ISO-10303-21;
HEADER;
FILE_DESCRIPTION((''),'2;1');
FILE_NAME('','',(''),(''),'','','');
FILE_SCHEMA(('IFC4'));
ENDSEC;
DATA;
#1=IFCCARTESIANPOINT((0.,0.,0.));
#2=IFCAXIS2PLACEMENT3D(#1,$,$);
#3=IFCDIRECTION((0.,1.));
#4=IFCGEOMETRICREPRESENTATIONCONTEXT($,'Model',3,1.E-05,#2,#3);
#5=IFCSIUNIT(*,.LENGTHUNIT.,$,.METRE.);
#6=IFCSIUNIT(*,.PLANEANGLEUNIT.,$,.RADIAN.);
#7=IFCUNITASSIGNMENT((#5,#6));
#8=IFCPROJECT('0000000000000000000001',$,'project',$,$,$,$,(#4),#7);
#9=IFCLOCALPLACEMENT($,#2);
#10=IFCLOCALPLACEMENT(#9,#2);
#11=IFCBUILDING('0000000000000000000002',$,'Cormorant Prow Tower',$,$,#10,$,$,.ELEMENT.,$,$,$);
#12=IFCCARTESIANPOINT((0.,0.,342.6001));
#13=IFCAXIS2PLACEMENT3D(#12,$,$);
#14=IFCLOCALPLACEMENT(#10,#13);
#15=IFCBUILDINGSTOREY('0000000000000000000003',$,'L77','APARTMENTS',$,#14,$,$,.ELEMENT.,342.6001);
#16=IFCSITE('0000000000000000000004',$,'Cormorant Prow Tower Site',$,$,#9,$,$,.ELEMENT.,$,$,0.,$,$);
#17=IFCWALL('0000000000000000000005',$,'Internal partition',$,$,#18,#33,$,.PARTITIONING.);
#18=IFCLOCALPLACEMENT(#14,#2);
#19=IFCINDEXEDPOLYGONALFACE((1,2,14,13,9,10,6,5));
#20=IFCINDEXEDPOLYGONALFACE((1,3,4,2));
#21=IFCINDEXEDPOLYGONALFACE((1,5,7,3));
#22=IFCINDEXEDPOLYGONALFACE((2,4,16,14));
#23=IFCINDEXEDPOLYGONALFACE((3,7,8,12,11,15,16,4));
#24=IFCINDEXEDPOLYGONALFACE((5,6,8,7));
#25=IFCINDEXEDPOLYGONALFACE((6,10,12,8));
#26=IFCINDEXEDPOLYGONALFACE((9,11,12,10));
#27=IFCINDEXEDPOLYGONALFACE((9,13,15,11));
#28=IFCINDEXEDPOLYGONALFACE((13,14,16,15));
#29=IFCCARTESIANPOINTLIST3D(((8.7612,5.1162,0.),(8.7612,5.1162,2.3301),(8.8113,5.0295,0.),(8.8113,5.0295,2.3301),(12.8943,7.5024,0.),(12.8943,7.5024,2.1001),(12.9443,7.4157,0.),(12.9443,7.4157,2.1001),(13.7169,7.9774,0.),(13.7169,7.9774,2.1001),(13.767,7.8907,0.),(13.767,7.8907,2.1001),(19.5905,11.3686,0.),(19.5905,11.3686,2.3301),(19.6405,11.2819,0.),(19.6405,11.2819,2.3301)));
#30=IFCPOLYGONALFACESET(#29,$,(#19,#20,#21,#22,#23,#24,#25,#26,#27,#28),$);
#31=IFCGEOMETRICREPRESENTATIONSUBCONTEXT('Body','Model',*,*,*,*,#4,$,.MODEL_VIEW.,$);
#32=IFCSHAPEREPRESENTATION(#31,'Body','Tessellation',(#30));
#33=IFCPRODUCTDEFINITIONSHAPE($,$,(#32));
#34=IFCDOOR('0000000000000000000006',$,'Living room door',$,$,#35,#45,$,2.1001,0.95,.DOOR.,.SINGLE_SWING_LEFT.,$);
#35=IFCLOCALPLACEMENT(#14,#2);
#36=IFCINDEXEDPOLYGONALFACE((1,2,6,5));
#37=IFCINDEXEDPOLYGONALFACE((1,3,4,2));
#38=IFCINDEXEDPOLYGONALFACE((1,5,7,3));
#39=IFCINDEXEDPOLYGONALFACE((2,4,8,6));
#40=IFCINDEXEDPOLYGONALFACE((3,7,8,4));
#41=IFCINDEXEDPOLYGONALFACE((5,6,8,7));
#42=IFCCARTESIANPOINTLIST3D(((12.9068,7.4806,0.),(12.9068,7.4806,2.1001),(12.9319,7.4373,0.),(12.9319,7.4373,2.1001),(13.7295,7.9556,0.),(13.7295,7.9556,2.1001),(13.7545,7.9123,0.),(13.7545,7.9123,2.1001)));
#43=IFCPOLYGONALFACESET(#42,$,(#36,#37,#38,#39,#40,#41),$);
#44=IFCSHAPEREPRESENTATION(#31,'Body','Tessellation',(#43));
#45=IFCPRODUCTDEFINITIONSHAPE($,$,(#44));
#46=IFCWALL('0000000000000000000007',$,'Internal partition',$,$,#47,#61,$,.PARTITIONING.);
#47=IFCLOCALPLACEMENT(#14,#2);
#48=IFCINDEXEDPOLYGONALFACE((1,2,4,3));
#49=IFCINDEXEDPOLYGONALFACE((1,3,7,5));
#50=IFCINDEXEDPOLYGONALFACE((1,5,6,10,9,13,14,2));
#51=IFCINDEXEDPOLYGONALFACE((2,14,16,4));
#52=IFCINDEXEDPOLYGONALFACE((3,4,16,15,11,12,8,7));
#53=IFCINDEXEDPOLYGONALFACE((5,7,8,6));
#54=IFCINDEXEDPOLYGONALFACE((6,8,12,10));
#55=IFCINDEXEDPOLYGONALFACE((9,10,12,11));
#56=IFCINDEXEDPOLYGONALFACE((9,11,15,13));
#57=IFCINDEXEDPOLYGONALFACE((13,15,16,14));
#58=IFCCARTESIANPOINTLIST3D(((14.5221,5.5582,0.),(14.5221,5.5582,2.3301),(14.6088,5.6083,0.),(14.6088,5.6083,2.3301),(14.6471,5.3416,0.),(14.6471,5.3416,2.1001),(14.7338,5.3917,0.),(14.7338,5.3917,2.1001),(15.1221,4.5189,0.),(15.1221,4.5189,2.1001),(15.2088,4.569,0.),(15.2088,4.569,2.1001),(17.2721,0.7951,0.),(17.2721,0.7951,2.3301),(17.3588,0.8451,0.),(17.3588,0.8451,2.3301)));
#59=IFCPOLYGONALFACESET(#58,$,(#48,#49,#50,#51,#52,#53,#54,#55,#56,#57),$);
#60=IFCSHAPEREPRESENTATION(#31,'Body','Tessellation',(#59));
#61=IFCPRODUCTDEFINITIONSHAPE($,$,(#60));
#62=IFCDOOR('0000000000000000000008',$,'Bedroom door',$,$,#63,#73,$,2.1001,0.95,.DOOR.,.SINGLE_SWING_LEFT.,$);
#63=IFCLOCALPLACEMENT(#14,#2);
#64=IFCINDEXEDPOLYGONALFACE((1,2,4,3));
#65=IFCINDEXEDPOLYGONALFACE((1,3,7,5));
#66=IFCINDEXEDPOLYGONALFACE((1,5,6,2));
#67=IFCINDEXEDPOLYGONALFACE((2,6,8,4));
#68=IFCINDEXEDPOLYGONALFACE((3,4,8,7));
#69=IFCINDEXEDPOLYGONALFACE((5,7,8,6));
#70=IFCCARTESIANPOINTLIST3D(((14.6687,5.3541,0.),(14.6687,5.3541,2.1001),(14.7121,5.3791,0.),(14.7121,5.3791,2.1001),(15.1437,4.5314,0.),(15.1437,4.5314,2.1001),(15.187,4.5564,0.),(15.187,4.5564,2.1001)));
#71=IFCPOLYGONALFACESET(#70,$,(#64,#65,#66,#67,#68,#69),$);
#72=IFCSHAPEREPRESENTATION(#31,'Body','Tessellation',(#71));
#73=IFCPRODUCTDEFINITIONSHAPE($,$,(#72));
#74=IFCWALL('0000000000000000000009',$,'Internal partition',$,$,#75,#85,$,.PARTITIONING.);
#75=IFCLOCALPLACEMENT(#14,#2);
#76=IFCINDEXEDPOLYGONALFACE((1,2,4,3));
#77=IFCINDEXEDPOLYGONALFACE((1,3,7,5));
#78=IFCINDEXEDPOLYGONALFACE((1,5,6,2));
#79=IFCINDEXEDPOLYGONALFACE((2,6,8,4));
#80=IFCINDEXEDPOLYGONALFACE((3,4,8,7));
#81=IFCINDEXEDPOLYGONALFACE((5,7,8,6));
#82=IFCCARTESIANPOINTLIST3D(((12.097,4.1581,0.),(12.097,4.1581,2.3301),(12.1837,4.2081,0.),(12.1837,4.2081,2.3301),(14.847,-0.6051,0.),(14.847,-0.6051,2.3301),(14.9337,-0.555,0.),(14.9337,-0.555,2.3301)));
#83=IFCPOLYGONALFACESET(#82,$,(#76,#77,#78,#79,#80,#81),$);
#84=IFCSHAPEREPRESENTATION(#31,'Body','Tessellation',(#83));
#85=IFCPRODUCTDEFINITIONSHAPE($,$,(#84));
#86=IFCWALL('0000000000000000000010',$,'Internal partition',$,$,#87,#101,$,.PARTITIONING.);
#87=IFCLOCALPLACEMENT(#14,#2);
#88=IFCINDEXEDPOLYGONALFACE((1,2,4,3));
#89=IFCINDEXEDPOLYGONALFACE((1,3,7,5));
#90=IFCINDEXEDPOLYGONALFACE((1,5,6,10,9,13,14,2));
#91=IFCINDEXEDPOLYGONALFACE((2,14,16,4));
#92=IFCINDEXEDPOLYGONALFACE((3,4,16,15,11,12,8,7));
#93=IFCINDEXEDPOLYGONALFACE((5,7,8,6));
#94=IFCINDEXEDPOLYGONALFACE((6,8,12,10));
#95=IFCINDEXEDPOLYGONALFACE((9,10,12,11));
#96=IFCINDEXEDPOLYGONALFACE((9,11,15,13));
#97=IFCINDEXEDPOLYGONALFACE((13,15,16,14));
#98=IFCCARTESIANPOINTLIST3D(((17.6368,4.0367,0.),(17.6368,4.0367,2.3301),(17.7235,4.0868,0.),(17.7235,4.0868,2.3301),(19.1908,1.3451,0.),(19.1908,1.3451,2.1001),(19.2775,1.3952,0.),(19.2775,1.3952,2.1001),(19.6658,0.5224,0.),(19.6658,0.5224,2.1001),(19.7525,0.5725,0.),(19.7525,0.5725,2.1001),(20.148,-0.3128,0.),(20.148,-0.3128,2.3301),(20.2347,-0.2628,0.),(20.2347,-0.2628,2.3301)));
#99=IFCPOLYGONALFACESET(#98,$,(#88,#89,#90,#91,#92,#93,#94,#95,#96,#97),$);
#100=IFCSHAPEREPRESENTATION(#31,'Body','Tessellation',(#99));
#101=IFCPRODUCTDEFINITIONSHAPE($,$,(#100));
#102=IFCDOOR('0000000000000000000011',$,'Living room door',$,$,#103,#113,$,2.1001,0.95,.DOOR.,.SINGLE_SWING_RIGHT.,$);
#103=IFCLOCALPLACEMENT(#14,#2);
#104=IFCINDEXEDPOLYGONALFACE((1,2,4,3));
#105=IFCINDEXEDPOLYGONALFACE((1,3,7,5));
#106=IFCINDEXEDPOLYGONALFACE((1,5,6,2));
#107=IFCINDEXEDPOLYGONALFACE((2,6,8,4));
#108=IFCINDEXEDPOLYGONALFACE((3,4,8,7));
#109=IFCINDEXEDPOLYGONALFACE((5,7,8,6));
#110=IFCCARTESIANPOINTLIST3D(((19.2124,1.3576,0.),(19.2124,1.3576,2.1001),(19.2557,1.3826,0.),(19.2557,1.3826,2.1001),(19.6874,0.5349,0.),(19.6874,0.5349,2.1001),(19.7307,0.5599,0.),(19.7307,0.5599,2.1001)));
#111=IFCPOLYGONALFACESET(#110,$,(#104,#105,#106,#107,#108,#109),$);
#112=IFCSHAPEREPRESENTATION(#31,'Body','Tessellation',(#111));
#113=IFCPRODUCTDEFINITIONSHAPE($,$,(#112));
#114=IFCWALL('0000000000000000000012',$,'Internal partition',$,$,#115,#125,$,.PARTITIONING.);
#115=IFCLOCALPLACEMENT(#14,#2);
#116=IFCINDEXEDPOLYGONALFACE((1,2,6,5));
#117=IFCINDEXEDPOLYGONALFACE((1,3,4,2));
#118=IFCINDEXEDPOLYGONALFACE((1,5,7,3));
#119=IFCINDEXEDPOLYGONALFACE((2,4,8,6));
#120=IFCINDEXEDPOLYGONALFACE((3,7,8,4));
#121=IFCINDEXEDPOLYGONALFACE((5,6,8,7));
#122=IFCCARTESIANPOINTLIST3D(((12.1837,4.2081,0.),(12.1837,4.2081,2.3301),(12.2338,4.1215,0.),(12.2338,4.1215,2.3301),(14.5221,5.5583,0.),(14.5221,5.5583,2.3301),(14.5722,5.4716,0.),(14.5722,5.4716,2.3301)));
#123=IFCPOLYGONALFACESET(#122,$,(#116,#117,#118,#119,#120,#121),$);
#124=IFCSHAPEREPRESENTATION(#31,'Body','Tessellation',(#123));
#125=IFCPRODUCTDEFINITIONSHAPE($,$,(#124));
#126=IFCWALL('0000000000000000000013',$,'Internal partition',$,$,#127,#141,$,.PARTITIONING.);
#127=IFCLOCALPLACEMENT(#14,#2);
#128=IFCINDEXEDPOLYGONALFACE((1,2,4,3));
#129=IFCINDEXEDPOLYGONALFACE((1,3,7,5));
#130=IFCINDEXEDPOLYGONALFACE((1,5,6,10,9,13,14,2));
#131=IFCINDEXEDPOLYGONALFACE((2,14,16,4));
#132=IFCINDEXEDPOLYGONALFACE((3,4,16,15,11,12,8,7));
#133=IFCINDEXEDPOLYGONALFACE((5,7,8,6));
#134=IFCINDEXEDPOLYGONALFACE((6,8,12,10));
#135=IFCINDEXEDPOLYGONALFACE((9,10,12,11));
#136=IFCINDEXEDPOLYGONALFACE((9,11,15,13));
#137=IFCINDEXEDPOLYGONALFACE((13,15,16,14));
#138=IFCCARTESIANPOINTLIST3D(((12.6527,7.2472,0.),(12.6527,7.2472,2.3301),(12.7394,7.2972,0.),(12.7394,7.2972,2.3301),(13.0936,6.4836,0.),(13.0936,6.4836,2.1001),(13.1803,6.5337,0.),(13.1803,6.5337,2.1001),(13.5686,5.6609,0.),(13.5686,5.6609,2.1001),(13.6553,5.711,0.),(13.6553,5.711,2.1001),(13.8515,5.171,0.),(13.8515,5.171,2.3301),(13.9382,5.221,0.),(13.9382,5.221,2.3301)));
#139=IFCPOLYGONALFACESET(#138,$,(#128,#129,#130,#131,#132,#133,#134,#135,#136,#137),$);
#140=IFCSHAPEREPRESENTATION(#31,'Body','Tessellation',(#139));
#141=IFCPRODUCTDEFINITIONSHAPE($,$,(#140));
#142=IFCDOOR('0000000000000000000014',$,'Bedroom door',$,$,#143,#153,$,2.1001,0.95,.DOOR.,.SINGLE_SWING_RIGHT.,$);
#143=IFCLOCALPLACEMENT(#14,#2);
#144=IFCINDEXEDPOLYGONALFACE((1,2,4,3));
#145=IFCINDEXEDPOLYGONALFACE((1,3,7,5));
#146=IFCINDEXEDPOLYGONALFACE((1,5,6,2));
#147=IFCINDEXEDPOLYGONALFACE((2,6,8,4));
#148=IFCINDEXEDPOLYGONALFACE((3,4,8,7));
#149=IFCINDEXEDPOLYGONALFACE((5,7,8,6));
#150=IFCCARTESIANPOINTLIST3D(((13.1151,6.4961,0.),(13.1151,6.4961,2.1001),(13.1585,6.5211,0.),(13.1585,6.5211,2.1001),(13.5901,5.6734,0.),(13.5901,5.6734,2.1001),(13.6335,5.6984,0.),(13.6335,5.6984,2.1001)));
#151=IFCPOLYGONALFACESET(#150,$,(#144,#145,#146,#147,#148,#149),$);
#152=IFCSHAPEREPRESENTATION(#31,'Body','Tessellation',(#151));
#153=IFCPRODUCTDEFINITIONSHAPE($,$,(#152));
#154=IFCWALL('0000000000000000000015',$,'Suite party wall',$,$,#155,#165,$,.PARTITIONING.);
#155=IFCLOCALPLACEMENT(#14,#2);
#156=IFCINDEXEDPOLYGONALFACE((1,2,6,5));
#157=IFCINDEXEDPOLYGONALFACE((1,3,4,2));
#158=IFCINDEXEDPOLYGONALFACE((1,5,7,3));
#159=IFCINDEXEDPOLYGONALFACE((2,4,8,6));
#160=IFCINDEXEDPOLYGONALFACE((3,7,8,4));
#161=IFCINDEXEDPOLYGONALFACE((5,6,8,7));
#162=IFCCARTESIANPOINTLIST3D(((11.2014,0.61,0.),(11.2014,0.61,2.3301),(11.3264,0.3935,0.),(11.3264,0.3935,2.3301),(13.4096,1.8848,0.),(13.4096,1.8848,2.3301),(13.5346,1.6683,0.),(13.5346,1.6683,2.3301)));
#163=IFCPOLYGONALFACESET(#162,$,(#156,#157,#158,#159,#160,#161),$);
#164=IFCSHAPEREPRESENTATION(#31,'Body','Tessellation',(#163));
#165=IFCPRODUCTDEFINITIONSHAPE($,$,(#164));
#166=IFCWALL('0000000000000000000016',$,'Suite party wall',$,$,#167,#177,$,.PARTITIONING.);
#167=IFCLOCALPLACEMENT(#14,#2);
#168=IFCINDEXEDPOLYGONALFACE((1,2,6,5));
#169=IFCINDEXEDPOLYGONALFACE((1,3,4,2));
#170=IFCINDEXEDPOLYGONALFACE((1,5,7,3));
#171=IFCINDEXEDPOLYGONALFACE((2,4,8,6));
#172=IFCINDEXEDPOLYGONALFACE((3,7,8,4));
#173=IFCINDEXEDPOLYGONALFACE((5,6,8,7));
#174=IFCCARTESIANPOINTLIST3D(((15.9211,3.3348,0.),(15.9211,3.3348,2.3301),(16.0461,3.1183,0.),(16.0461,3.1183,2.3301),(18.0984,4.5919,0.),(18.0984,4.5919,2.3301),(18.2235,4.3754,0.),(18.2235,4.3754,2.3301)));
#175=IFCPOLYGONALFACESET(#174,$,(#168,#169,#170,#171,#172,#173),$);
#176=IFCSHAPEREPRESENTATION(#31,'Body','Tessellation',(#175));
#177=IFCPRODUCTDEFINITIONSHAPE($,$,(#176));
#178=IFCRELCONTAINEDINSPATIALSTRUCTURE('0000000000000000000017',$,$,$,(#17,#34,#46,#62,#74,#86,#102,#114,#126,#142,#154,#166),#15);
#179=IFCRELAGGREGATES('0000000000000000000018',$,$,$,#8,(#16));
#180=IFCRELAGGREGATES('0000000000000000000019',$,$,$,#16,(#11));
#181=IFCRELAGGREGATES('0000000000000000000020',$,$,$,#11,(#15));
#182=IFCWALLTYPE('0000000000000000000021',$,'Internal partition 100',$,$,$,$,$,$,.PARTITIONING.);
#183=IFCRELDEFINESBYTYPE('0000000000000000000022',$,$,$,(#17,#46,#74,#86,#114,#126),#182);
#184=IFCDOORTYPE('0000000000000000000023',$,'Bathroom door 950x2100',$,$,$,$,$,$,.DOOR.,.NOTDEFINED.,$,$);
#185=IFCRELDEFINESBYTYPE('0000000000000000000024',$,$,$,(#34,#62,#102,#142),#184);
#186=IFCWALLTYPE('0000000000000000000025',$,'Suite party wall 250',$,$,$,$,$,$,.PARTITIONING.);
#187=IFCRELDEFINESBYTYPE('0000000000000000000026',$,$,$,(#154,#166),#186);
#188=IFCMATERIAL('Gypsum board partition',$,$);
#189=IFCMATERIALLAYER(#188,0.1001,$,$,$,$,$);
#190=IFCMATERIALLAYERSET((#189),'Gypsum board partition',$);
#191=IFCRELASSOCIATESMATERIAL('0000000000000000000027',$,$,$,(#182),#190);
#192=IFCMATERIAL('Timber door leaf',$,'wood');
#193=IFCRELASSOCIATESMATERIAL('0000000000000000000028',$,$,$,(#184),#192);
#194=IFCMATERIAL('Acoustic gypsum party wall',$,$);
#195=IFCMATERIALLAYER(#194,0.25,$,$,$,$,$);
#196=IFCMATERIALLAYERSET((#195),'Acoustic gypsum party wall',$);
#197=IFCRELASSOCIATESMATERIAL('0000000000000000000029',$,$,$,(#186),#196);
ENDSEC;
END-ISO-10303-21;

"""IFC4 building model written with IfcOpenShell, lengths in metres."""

from ifc_helpers import new_model, si_unit, direction, frame, frame_2d, origin, place, context, subcontext, project, spatial, rectangle, extrude, material, layer, layer_set, type_object, element, fill, save


model = new_model("IFC4")

# Units and contexts
model_context = context("Model", 3, precision=1e-05, world=origin(), true_north=direction((0.0, 1.0)))
body_context = subcontext(model_context, "Body", "Model", "MODEL_VIEW")
ifc_project = project(units=[si_unit("LENGTHUNIT", "METRE"), si_unit("PLANEANGLEUNIT", "RADIAN")], contexts=[model_context])

# Site, building, storey
site_placement = place(None, origin())
site = spatial("IfcSite", under=ifc_project, at=site_placement, Name="Cormorant Prow Tower Site", CompositionType="ELEMENT", RefElevation=0.0)
building_placement = place(site_placement, origin())
building = spatial("IfcBuilding", under=site, at=building_placement, Name="Cormorant Prow Tower", CompositionType="ELEMENT")
storey_placement = place(building_placement, frame((0.0, 0.0, 342.6001)))
storey = spatial("IfcBuildingStorey", under=building, at=storey_placement, Name="L77", Description="APARTMENTS", CompositionType="ELEMENT", Elevation=342.6001)

# Walls, openings, doors
ifc_material_1 = material(Name="Gypsum board partition")
ifc_layer_1 = layer(ifc_material_1, 0.1001)
ifc_layer_set_1 = layer_set([ifc_layer_1], Name="Gypsum board partition")
wall_type_1 = type_object("IfcWallType", Name="Internal partition 100", PredefinedType="PARTITIONING", material=ifc_layer_set_1)
wall_1_placement = place(storey_placement, frame((8.7861, 5.0728, 0.0), z_axis=(0.0, 0.0, 1.0), x_axis=(0.866021, 0.500007, 0.0)))
wall_1 = element("IfcWall", 1, at=wall_1_placement, inside=storey, type_object=wall_type_1, Name="Internal partition", PredefinedType="PARTITIONING", context=body_context, shape_type="SweptSolid", body=[
    extrude(rectangle(XDim=12.5046, YDim=0.1001, at=frame_2d((6.2524, 0.0))), origin(), (0.0, 0.0, 1.0), 2.3301),
])
opening_1_placement = place(wall_1_placement, frame((4.7725, 0.0, 0.0)))
opening_1 = element("IfcOpeningElement", 2, at=opening_1_placement, cuts=wall_1, PredefinedType="OPENING", context=body_context, shape_type="SweptSolid", body=[
    extrude(rectangle(XDim=0.95, YDim=2.1001, at=frame_2d((0.4751, 1.05))), frame((0.0, 0.0601, 0.0), z_axis=(0.0, -1.0, 0.0), x_axis=(1.0, 0.0, 0.0)), (0.0, 0.0, 1.0), 0.1201),
])
ifc_material_2 = material(Name="Timber door leaf", Category="wood")
door_type_1 = type_object("IfcDoorType", Name="Bathroom door 950x2100", OperationType="NOTDEFINED", PredefinedType="DOOR", material=ifc_material_2)
door_1_placement = place(opening_1_placement, origin())
door_1 = element("IfcDoor", 3, at=door_1_placement, inside=storey, type_object=door_type_1, Name="Living room door", OperationType="SINGLE_SWING_LEFT", OverallHeight=2.1001, OverallWidth=0.95, PredefinedType="DOOR", context=body_context, shape_type="SweptSolid", body=[
    extrude(rectangle(XDim=0.95, YDim=2.1001, at=frame_2d((0.4751, 1.05))), frame((0.0, 0.0249, 0.0), z_axis=(0.0, -1.0, 0.0), x_axis=(1.0, 0.0, 0.0)), (0.0, 0.0, 1.0), 0.05),
])
fill(opening_1, door_1)
wall_2_placement = place(storey_placement, frame((14.5654, 5.5833, 0.0), z_axis=(0.0, 0.0, 1.0), x_axis=(0.499997, -0.866027, 0.0)))
wall_2 = element("IfcWall", 4, at=wall_2_placement, inside=storey, type_object=wall_type_1, Name="Internal partition", PredefinedType="PARTITIONING", context=body_context, shape_type="SweptSolid", body=[
    extrude(rectangle(XDim=5.5, YDim=0.1001, at=frame_2d((2.75, 0.0))), origin(), (0.0, 0.0, 1.0), 2.3301),
])
opening_2_placement = place(wall_2_placement, frame((0.25, 0.0, 0.0)))
opening_2 = element("IfcOpeningElement", 5, at=opening_2_placement, cuts=wall_2, PredefinedType="OPENING", context=body_context, shape_type="SweptSolid", body=[
    extrude(rectangle(XDim=0.95, YDim=2.1001, at=frame_2d((0.4751, 1.05))), frame((0.0, 0.0601, 0.0), z_axis=(0.0, -1.0, 0.0), x_axis=(1.0, 0.0, 0.0)), (0.0, 0.0, 1.0), 0.1201),
])
door_2_placement = place(opening_2_placement, origin())
door_2 = element("IfcDoor", 6, at=door_2_placement, inside=storey, type_object=door_type_1, Name="Bedroom door", OperationType="SINGLE_SWING_LEFT", OverallHeight=2.1001, OverallWidth=0.95, PredefinedType="DOOR", context=body_context, shape_type="SweptSolid", body=[
    extrude(rectangle(XDim=0.95, YDim=2.1001, at=frame_2d((0.4751, 1.05))), frame((0.0, 0.0249, 0.0), z_axis=(0.0, -1.0, 0.0), x_axis=(1.0, 0.0, 0.0)), (0.0, 0.0, 1.0), 0.05),
])
fill(opening_2, door_2)

# Wall
wall_3_placement = place(storey_placement, frame((12.1404, 4.1831, 0.0), z_axis=(0.0, 0.0, 1.0), x_axis=(0.499997, -0.866027, 0.0)))
element("IfcWall", 7, at=wall_3_placement, inside=storey, type_object=wall_type_1, Name="Internal partition", PredefinedType="PARTITIONING", context=body_context, shape_type="SweptSolid", body=[
    extrude(rectangle(XDim=5.5, YDim=0.1001, at=frame_2d((2.75, 0.0))), origin(), (0.0, 0.0, 1.0), 2.3301),
])

# Wall, opening, door
wall_4_placement = place(storey_placement, frame((17.6802, 4.0618, 0.0), z_axis=(0.0, 0.0, 1.0), x_axis=(0.499997, -0.866027, 0.0)))
wall_4 = element("IfcWall", 8, at=wall_4_placement, inside=storey, type_object=wall_type_1, Name="Internal partition", PredefinedType="PARTITIONING", context=body_context, shape_type="SweptSolid", body=[
    extrude(rectangle(XDim=5.0225, YDim=0.1001, at=frame_2d((2.5112, 0.0))), origin(), (0.0, 0.0, 1.0), 2.3301),
])
opening_3_placement = place(wall_4_placement, frame((3.1079, 0.0, 0.0)))
opening_3 = element("IfcOpeningElement", 9, at=opening_3_placement, cuts=wall_4, PredefinedType="OPENING", context=body_context, shape_type="SweptSolid", body=[
    extrude(rectangle(XDim=0.95, YDim=2.1001, at=frame_2d((0.4751, 1.05))), frame((0.0, 0.0601, 0.0), z_axis=(0.0, -1.0, 0.0), x_axis=(1.0, 0.0, 0.0)), (0.0, 0.0, 1.0), 0.1201),
])
door_3_placement = place(opening_3_placement, origin())
door_3 = element("IfcDoor", 10, at=door_3_placement, inside=storey, type_object=door_type_1, Name="Living room door", OperationType="SINGLE_SWING_RIGHT", OverallHeight=2.1001, OverallWidth=0.95, PredefinedType="DOOR", context=body_context, shape_type="SweptSolid", body=[
    extrude(rectangle(XDim=0.95, YDim=2.1001, at=frame_2d((0.4751, 1.05))), frame((0.0, 0.0249, 0.0), z_axis=(0.0, -1.0, 0.0), x_axis=(1.0, 0.0, 0.0)), (0.0, 0.0, 1.0), 0.05),
])
fill(opening_3, door_3)

# Wall
wall_5_placement = place(storey_placement, frame((12.2087, 4.1648, 0.0), z_axis=(0.0, 0.0, 1.0), x_axis=(0.86602, 0.500009, 0.0)))
element("IfcWall", 11, at=wall_5_placement, inside=storey, type_object=wall_type_1, Name="Internal partition", PredefinedType="PARTITIONING", context=body_context, shape_type="SweptSolid", body=[
    extrude(rectangle(XDim=2.7002, YDim=0.1001, at=frame_2d((1.3501, 0.0))), origin(), (0.0, 0.0, 1.0), 2.3301),
])

# Wall, opening, door
wall_6_placement = place(storey_placement, frame((12.696, 7.2722, 0.0), z_axis=(0.0, 0.0, 1.0), x_axis=(0.500016, -0.866016, 0.0)))
wall_6 = element("IfcWall", 12, at=wall_6_placement, inside=storey, type_object=wall_type_1, Name="Internal partition", PredefinedType="PARTITIONING", context=body_context, shape_type="SweptSolid", body=[
    extrude(rectangle(XDim=2.3975, YDim=0.1001, at=frame_2d((1.1987, 0.0))), origin(), (0.0, 0.0, 1.0), 2.3301),
])
opening_4_placement = place(wall_6_placement, frame((0.8816, 0.0, 0.0)))
opening_4 = element("IfcOpeningElement", 13, at=opening_4_placement, cuts=wall_6, PredefinedType="OPENING", context=body_context, shape_type="SweptSolid", body=[
    extrude(rectangle(XDim=0.95, YDim=2.1001, at=frame_2d((0.4751, 1.05))), frame((0.0, 0.0601, 0.0), z_axis=(0.0, -1.0, 0.0), x_axis=(1.0, 0.0, 0.0)), (0.0, 0.0, 1.0), 0.1201),
])
door_4_placement = place(opening_4_placement, origin())
door_4 = element("IfcDoor", 14, at=door_4_placement, inside=storey, type_object=door_type_1, Name="Bedroom door", OperationType="SINGLE_SWING_RIGHT", OverallHeight=2.1001, OverallWidth=0.95, PredefinedType="DOOR", context=body_context, shape_type="SweptSolid", body=[
    extrude(rectangle(XDim=0.95, YDim=2.1001, at=frame_2d((0.4751, 1.05))), frame((0.0, 0.0249, 0.0), z_axis=(0.0, -1.0, 0.0), x_axis=(1.0, 0.0, 0.0)), (0.0, 0.0, 1.0), 0.05),
])
fill(opening_4, door_4)

# Walls
ifc_material_3 = material(Name="Acoustic gypsum party wall")
ifc_layer_2 = layer(ifc_material_3, 0.25)
ifc_layer_set_2 = layer_set([ifc_layer_2], Name="Acoustic gypsum party wall")
wall_type_2 = type_object("IfcWallType", Name="Suite party wall 250", PredefinedType="PARTITIONING", material=ifc_layer_set_2)
wall_7_placement = place(storey_placement, frame((11.2639, 0.5017, 0.0), z_axis=(0.0, 0.0, 1.0), x_axis=(0.866031, 0.49999, 0.0)))
element("IfcWall", 15, at=wall_7_placement, inside=storey, type_object=wall_type_2, Name="Suite party wall", PredefinedType="PARTITIONING", context=body_context, shape_type="SweptSolid", body=[
    extrude(rectangle(XDim=2.5498, YDim=0.25, at=frame_2d((1.2749, 0.0))), origin(), (0.0, 0.0, 1.0), 2.3301),
])
wall_8_placement = place(storey_placement, frame((15.9836, 3.2266, 0.0), z_axis=(0.0, 0.0, 1.0), x_axis=(0.866017, 0.500014, 0.0)))
element("IfcWall", 16, at=wall_8_placement, inside=storey, type_object=wall_type_2, Name="Suite party wall", PredefinedType="PARTITIONING", context=body_context, shape_type="SweptSolid", body=[
    extrude(rectangle(XDim=2.5142, YDim=0.25, at=frame_2d((1.2571, 0.0))), origin(), (0.0, 0.0, 1.0), 2.3301),
])

save(model, "model.ifc")
